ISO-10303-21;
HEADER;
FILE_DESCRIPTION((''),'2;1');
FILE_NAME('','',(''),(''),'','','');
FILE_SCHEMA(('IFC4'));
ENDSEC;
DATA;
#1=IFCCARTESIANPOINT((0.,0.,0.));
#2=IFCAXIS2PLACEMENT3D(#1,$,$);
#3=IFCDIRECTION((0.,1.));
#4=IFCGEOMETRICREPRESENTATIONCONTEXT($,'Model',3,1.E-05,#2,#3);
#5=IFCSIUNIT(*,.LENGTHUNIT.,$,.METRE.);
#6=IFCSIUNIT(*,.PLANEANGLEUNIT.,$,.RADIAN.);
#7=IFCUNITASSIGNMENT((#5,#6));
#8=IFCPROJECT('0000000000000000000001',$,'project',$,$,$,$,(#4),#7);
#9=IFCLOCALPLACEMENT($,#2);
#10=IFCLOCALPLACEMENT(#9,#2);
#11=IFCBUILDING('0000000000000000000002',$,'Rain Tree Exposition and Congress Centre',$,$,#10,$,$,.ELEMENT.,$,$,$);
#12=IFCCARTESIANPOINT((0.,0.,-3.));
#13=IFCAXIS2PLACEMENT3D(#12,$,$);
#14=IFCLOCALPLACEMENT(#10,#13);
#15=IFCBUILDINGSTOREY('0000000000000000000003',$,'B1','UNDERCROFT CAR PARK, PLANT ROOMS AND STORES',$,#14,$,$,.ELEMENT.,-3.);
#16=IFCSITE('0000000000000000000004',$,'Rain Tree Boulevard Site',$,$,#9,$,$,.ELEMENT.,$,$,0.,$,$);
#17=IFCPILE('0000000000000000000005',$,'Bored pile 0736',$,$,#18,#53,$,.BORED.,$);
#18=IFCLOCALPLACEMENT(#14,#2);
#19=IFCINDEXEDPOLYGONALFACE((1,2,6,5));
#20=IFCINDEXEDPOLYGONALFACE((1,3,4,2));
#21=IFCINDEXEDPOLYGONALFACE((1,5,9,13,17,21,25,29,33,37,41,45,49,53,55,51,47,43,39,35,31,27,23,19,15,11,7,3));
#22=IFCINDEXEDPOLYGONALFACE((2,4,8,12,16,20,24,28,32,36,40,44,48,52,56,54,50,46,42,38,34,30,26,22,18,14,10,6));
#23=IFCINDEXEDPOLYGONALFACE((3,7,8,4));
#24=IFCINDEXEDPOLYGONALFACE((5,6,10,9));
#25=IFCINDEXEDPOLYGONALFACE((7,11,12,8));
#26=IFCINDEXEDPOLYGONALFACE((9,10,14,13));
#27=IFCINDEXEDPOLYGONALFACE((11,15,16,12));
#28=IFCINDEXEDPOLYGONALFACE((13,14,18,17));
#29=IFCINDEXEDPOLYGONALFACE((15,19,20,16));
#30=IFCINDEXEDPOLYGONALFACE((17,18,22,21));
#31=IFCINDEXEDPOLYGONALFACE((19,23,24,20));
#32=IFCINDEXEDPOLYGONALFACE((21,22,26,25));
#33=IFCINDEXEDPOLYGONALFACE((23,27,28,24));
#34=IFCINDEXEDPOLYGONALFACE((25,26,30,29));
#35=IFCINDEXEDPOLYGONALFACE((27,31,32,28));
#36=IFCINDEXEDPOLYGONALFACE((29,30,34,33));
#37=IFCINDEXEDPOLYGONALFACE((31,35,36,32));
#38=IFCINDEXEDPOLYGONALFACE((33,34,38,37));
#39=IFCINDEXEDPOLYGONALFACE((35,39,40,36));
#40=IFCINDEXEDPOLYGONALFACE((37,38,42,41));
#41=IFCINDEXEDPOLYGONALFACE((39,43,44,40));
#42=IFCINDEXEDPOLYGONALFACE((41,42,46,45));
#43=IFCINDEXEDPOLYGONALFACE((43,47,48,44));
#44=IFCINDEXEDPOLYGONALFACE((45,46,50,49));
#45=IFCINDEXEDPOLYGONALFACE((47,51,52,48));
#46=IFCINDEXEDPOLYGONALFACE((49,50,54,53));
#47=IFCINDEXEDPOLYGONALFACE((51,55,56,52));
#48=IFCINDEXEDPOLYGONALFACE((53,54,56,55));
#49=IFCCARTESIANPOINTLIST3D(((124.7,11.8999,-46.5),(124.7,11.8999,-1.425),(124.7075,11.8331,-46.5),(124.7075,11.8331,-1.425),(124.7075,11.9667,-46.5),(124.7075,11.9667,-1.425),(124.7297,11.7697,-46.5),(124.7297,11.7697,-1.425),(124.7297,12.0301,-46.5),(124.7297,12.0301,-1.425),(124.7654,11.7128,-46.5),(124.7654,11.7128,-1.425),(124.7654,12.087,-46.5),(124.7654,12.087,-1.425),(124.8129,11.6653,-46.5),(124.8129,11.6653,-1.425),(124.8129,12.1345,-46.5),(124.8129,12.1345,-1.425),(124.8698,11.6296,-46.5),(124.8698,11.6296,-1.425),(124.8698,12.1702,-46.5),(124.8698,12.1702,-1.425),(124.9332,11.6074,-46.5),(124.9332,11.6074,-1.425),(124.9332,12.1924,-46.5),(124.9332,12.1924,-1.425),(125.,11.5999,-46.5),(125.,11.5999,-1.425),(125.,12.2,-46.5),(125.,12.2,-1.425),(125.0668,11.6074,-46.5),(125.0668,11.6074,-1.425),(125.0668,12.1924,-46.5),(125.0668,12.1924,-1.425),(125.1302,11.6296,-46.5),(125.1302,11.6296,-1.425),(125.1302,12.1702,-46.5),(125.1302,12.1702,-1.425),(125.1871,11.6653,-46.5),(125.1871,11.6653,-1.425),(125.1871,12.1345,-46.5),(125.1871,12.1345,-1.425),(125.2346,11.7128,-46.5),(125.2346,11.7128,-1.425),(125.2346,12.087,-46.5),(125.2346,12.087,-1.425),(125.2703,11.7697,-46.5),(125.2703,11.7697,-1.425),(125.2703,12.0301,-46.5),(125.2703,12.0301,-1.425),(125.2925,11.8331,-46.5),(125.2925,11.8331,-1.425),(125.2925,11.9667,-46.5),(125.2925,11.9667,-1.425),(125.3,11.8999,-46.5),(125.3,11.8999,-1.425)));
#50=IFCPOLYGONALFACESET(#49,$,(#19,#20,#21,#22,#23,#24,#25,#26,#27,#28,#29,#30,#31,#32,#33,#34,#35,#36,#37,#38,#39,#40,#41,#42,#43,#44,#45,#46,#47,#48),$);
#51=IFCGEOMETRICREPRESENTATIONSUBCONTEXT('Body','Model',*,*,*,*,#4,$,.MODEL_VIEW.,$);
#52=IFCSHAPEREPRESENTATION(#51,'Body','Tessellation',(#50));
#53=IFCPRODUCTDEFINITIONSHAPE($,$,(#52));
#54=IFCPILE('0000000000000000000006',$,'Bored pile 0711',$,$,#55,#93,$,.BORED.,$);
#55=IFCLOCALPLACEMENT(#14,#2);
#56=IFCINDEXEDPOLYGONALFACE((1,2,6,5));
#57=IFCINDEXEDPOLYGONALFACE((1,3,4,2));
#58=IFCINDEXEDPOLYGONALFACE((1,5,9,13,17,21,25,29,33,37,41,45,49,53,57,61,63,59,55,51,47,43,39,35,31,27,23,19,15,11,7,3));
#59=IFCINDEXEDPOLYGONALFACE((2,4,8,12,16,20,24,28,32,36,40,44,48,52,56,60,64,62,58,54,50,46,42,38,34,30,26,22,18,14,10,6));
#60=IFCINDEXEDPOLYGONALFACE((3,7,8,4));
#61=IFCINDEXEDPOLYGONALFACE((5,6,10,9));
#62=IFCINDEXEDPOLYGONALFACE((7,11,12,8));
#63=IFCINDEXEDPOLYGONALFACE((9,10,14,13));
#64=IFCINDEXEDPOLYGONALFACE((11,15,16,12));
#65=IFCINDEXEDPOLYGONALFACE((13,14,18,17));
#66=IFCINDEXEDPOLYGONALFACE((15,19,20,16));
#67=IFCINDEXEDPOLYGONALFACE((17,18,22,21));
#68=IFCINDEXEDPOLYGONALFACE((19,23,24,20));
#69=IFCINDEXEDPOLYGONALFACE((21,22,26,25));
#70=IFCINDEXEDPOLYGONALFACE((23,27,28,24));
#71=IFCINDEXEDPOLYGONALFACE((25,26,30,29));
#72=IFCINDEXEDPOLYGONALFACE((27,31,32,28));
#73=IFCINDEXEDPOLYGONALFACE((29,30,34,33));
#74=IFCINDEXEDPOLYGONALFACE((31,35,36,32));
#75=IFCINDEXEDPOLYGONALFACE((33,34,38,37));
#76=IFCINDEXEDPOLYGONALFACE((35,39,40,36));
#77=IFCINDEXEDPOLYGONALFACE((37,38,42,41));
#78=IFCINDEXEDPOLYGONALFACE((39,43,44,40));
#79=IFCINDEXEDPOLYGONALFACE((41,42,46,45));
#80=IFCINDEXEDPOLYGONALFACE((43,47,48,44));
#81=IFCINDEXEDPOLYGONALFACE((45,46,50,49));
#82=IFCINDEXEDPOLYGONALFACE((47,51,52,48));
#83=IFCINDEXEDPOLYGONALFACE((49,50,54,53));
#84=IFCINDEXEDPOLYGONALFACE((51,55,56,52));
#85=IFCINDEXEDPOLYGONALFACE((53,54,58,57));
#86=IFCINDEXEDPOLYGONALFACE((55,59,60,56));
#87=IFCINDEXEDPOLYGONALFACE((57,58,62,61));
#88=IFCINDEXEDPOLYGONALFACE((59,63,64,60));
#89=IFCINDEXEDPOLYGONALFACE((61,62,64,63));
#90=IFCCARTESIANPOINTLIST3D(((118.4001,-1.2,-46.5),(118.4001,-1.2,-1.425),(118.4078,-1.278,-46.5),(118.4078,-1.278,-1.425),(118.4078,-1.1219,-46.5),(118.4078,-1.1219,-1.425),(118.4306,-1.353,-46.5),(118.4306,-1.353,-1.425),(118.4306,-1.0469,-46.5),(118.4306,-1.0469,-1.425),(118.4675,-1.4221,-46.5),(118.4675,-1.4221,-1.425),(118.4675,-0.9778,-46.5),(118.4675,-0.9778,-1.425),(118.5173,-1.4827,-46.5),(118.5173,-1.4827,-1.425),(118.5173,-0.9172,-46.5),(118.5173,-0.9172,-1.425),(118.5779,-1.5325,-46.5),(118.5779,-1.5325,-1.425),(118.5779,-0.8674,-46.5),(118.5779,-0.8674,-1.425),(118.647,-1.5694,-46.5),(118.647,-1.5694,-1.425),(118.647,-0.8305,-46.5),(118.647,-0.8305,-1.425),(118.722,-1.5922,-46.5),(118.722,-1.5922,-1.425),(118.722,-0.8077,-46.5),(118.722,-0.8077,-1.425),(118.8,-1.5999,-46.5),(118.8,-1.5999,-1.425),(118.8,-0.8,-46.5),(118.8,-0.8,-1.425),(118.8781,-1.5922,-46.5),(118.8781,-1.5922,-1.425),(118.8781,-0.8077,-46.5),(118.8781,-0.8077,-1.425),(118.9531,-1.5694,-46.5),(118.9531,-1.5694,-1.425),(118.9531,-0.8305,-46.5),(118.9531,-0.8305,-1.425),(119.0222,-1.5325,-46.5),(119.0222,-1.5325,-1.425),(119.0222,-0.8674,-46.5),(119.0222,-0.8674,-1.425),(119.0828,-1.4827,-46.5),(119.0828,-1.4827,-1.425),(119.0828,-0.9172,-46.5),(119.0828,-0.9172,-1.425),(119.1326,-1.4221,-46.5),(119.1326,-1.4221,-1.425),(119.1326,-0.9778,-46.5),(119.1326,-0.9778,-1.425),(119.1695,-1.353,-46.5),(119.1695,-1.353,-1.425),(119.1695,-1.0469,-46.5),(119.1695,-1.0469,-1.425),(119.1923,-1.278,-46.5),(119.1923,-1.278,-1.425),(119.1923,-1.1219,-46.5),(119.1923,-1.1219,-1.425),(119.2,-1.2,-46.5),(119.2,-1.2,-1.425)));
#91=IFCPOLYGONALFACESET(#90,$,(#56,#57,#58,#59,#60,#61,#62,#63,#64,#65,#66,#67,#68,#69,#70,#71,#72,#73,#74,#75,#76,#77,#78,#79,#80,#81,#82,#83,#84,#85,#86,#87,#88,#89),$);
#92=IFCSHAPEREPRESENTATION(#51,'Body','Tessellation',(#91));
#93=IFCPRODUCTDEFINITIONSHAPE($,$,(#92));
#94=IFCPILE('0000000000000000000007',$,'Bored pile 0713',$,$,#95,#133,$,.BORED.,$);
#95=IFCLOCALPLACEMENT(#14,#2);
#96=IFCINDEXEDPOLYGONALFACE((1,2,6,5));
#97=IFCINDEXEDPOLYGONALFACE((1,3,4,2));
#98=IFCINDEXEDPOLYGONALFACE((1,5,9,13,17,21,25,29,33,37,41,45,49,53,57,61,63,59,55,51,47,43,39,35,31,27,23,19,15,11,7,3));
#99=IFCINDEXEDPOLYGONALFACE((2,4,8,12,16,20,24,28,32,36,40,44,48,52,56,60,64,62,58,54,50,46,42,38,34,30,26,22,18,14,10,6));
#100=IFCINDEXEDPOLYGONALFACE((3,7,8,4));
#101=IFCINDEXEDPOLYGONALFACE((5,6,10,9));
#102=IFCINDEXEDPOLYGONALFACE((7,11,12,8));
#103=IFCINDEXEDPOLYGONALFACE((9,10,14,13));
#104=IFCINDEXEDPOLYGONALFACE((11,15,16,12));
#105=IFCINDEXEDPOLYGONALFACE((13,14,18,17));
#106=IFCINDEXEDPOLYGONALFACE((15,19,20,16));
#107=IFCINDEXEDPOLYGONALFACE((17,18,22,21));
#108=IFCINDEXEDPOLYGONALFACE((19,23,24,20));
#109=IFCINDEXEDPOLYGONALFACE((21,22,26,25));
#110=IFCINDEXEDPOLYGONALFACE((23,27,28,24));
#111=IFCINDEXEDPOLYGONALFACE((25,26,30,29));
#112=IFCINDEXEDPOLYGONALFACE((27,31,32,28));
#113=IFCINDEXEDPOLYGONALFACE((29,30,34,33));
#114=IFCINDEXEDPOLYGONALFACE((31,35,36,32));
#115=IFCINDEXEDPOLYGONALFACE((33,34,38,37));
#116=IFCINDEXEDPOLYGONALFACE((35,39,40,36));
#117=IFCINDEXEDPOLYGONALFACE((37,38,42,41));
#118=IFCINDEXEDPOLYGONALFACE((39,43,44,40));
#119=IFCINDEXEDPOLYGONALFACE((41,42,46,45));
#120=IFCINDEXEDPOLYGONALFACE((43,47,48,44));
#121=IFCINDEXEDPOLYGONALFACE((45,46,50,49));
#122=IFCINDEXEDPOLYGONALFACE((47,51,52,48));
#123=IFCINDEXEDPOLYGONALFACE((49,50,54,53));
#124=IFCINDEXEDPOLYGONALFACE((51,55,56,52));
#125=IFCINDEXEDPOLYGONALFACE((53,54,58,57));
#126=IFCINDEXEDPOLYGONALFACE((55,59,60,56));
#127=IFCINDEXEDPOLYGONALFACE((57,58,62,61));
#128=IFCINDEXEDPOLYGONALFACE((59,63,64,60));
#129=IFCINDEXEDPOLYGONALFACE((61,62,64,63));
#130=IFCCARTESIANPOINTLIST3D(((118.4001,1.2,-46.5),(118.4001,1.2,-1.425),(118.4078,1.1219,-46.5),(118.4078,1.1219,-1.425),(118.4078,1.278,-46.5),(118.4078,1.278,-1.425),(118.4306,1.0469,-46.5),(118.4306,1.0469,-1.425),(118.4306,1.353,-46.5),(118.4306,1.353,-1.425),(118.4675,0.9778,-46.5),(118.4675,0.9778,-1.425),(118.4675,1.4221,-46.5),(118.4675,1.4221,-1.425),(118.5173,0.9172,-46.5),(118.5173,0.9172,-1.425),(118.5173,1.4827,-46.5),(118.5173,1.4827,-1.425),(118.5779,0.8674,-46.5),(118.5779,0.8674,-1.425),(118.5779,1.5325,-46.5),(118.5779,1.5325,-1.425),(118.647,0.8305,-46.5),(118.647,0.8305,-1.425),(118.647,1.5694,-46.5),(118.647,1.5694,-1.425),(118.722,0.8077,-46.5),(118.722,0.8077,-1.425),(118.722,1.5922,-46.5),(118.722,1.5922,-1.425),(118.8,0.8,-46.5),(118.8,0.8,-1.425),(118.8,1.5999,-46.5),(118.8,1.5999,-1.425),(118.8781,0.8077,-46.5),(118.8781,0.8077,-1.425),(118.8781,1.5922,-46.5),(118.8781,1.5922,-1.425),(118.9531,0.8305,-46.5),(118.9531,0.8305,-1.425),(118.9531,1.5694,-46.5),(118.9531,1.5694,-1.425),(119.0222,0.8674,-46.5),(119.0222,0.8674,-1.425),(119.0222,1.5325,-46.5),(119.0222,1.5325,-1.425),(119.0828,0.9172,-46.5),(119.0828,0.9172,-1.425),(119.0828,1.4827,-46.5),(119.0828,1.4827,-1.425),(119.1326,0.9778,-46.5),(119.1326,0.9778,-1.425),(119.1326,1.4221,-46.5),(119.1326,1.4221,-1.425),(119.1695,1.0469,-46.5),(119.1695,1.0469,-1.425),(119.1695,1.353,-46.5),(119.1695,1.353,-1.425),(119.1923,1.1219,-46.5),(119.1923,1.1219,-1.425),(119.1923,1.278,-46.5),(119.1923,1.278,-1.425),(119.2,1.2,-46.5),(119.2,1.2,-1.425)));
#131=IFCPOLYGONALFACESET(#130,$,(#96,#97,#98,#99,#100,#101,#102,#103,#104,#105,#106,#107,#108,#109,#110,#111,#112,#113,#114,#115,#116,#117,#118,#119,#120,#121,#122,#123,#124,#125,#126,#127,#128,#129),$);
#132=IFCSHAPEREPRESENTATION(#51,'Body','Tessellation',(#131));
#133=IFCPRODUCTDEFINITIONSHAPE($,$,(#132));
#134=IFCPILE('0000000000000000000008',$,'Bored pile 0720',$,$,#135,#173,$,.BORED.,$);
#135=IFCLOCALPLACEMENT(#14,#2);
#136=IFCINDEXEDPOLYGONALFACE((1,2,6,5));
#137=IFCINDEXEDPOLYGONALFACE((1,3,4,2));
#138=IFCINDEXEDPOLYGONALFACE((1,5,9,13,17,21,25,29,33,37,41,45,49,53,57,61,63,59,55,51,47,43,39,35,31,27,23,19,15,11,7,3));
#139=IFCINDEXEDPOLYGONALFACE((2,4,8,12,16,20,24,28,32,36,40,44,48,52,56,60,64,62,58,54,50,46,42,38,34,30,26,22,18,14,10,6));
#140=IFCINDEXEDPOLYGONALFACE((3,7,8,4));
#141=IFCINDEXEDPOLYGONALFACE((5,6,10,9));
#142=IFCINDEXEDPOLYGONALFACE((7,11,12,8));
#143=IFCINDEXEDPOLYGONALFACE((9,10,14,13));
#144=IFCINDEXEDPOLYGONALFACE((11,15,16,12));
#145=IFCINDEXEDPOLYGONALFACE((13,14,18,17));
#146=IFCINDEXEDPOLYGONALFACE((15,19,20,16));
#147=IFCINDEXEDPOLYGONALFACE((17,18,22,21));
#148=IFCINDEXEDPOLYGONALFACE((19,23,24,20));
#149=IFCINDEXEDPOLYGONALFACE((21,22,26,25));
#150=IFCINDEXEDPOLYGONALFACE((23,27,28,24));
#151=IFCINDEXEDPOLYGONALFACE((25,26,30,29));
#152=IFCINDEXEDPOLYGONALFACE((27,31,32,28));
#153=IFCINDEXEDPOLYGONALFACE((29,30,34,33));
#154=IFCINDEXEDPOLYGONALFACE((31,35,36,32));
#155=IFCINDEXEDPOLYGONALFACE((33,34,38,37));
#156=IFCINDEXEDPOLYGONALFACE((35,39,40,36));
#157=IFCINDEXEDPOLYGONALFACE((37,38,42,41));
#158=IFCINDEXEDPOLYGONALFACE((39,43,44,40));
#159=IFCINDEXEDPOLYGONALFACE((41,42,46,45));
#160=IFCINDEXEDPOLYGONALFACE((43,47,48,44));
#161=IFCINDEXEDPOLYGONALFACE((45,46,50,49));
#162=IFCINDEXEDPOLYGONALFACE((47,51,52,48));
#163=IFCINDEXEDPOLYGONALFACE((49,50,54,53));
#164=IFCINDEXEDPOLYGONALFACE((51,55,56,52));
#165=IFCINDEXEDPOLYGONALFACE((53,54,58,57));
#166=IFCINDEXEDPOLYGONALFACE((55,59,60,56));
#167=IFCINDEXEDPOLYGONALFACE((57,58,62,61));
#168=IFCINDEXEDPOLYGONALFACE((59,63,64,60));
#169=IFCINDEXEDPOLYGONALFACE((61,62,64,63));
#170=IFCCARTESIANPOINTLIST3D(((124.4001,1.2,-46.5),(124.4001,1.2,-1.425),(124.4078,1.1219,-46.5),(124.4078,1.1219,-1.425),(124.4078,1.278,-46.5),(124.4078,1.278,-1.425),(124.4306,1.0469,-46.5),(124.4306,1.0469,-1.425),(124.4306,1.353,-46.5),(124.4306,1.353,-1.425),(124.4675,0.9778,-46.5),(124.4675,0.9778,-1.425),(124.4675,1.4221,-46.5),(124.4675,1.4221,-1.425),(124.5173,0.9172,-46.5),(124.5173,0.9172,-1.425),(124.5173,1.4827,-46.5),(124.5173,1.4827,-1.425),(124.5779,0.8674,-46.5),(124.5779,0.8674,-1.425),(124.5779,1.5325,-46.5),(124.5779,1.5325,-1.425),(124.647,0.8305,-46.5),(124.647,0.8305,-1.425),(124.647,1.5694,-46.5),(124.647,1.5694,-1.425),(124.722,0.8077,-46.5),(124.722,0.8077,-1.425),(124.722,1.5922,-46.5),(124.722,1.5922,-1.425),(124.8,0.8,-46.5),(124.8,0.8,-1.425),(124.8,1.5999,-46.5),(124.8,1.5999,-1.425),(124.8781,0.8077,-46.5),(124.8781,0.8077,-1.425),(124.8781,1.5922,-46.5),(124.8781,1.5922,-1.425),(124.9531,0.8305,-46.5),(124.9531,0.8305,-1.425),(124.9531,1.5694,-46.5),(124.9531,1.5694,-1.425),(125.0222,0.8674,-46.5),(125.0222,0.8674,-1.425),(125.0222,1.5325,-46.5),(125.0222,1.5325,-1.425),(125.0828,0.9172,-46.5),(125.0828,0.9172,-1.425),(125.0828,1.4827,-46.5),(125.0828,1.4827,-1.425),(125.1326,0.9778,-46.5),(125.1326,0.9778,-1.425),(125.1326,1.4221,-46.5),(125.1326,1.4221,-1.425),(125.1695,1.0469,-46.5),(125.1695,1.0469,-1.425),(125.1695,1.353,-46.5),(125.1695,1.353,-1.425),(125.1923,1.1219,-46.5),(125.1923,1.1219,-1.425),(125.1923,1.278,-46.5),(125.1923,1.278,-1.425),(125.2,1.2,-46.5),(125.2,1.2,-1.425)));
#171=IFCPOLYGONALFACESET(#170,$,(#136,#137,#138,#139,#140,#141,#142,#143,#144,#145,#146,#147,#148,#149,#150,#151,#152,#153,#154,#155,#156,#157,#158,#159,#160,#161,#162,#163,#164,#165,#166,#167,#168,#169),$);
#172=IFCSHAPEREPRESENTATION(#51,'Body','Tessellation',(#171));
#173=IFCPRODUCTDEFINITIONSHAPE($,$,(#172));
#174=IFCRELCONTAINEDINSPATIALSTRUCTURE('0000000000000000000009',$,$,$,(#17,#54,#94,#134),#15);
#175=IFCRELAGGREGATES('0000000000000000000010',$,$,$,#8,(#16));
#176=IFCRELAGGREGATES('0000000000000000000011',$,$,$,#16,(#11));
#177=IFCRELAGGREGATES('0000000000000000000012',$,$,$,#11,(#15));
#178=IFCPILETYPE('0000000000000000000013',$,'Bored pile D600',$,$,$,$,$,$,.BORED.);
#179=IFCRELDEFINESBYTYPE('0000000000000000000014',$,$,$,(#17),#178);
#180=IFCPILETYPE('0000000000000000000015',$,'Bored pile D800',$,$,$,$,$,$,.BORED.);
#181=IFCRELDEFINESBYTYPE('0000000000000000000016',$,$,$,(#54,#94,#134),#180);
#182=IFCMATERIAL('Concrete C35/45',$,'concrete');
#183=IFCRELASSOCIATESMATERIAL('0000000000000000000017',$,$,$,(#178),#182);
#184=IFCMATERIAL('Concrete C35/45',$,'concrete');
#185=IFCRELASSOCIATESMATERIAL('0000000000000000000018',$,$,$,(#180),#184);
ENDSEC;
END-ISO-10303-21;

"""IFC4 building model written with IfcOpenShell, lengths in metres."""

from ifc_helpers import new_model, si_unit, direction, frame, origin, origin_2d, place, context, subcontext, project, spatial, circle, extrude, material, material_profile, profile_set, type_object, element, save


model = new_model("IFC4")

# Units and contexts
model_context = context("Model", 3, precision=1e-05, world=origin(), true_north=direction((0.0, 1.0)))
body_context = subcontext(model_context, "Body", "Model", "MODEL_VIEW")
ifc_project = project(units=[si_unit("LENGTHUNIT", "METRE"), si_unit("PLANEANGLEUNIT", "RADIAN")], contexts=[model_context])

# Site, building, storey
site_placement = place(None, origin())
site = spatial("IfcSite", under=ifc_project, at=site_placement, Name="Rain Tree Boulevard Site", CompositionType="ELEMENT", RefElevation=0.0)
building_placement = place(site_placement, origin())
building = spatial("IfcBuilding", under=site, at=building_placement, Name="Rain Tree Exposition and Congress Centre", CompositionType="ELEMENT")
storey_placement = place(building_placement, frame((0.0, 0.0, -3.0)))
storey = spatial("IfcBuildingStorey", under=building, at=storey_placement, Name="B1", Description="UNDERCROFT CAR PARK, PLANT ROOMS AND STORES", CompositionType="ELEMENT", Elevation=-3.0)

# Piles
ifc_material_1 = material(Name="Concrete C35/45", Category="concrete")
ifc_material_profile_1 = material_profile(ifc_material_1, circle(Radius=0.3, at=origin_2d()), Name="D600")
ifc_profile_set_1 = profile_set([ifc_material_profile_1], Name="Concrete C35/45")
pile_type_1 = type_object("IfcPileType", Name="Bored pile D600", PredefinedType="BORED", material=ifc_profile_set_1)
for number, where, z_axis, x_axis, name in (
    (1, (125.0, 11.8999, -1.425), (0.0, 0.0, -1.0), (1.0, 0.0, 0.0), "Bored pile 0736"),
):
    element("IfcPile", number, at=place(storey_placement, frame(where, z_axis=z_axis, x_axis=x_axis)), inside=storey, type_object=pile_type_1, Name=name, PredefinedType="BORED", context=body_context, shape_type="SweptSolid", body=[
        extrude(circle(Radius=0.3, at=origin_2d()), origin(), (0.0, 0.0, 1.0), 45.075),
    ])
ifc_material_2 = material(Name="Concrete C35/45", Category="concrete")
ifc_material_profile_2 = material_profile(ifc_material_2, circle(Radius=0.3999, at=origin_2d()), Name="D800")
ifc_profile_set_2 = profile_set([ifc_material_profile_2], Name="Concrete C35/45")
pile_type_2 = type_object("IfcPileType", Name="Bored pile D800", PredefinedType="BORED", material=ifc_profile_set_2)
for number, where, z_axis, x_axis, name in (
    (2, (118.8, -1.2, -1.425), (0.0, 0.0, -1.0), (1.0, 0.0, 0.0), "Bored pile 0711"),
    (3, (118.8, 1.2, -1.425), (0.0, 0.0, -1.0), (1.0, 0.0, 0.0), "Bored pile 0713"),
    (4, (124.8, 1.2, -1.425), (0.0, 0.0, -1.0), (1.0, 0.0, 0.0), "Bored pile 0720"),
):
    element("IfcPile", number, at=place(storey_placement, frame(where, z_axis=z_axis, x_axis=x_axis)), inside=storey, type_object=pile_type_2, Name=name, PredefinedType="BORED", context=body_context, shape_type="SweptSolid", body=[
        extrude(circle(Radius=0.3999, at=origin_2d()), origin(), (0.0, 0.0, 1.0), 45.075),
    ])

save(model, "model.ifc")
